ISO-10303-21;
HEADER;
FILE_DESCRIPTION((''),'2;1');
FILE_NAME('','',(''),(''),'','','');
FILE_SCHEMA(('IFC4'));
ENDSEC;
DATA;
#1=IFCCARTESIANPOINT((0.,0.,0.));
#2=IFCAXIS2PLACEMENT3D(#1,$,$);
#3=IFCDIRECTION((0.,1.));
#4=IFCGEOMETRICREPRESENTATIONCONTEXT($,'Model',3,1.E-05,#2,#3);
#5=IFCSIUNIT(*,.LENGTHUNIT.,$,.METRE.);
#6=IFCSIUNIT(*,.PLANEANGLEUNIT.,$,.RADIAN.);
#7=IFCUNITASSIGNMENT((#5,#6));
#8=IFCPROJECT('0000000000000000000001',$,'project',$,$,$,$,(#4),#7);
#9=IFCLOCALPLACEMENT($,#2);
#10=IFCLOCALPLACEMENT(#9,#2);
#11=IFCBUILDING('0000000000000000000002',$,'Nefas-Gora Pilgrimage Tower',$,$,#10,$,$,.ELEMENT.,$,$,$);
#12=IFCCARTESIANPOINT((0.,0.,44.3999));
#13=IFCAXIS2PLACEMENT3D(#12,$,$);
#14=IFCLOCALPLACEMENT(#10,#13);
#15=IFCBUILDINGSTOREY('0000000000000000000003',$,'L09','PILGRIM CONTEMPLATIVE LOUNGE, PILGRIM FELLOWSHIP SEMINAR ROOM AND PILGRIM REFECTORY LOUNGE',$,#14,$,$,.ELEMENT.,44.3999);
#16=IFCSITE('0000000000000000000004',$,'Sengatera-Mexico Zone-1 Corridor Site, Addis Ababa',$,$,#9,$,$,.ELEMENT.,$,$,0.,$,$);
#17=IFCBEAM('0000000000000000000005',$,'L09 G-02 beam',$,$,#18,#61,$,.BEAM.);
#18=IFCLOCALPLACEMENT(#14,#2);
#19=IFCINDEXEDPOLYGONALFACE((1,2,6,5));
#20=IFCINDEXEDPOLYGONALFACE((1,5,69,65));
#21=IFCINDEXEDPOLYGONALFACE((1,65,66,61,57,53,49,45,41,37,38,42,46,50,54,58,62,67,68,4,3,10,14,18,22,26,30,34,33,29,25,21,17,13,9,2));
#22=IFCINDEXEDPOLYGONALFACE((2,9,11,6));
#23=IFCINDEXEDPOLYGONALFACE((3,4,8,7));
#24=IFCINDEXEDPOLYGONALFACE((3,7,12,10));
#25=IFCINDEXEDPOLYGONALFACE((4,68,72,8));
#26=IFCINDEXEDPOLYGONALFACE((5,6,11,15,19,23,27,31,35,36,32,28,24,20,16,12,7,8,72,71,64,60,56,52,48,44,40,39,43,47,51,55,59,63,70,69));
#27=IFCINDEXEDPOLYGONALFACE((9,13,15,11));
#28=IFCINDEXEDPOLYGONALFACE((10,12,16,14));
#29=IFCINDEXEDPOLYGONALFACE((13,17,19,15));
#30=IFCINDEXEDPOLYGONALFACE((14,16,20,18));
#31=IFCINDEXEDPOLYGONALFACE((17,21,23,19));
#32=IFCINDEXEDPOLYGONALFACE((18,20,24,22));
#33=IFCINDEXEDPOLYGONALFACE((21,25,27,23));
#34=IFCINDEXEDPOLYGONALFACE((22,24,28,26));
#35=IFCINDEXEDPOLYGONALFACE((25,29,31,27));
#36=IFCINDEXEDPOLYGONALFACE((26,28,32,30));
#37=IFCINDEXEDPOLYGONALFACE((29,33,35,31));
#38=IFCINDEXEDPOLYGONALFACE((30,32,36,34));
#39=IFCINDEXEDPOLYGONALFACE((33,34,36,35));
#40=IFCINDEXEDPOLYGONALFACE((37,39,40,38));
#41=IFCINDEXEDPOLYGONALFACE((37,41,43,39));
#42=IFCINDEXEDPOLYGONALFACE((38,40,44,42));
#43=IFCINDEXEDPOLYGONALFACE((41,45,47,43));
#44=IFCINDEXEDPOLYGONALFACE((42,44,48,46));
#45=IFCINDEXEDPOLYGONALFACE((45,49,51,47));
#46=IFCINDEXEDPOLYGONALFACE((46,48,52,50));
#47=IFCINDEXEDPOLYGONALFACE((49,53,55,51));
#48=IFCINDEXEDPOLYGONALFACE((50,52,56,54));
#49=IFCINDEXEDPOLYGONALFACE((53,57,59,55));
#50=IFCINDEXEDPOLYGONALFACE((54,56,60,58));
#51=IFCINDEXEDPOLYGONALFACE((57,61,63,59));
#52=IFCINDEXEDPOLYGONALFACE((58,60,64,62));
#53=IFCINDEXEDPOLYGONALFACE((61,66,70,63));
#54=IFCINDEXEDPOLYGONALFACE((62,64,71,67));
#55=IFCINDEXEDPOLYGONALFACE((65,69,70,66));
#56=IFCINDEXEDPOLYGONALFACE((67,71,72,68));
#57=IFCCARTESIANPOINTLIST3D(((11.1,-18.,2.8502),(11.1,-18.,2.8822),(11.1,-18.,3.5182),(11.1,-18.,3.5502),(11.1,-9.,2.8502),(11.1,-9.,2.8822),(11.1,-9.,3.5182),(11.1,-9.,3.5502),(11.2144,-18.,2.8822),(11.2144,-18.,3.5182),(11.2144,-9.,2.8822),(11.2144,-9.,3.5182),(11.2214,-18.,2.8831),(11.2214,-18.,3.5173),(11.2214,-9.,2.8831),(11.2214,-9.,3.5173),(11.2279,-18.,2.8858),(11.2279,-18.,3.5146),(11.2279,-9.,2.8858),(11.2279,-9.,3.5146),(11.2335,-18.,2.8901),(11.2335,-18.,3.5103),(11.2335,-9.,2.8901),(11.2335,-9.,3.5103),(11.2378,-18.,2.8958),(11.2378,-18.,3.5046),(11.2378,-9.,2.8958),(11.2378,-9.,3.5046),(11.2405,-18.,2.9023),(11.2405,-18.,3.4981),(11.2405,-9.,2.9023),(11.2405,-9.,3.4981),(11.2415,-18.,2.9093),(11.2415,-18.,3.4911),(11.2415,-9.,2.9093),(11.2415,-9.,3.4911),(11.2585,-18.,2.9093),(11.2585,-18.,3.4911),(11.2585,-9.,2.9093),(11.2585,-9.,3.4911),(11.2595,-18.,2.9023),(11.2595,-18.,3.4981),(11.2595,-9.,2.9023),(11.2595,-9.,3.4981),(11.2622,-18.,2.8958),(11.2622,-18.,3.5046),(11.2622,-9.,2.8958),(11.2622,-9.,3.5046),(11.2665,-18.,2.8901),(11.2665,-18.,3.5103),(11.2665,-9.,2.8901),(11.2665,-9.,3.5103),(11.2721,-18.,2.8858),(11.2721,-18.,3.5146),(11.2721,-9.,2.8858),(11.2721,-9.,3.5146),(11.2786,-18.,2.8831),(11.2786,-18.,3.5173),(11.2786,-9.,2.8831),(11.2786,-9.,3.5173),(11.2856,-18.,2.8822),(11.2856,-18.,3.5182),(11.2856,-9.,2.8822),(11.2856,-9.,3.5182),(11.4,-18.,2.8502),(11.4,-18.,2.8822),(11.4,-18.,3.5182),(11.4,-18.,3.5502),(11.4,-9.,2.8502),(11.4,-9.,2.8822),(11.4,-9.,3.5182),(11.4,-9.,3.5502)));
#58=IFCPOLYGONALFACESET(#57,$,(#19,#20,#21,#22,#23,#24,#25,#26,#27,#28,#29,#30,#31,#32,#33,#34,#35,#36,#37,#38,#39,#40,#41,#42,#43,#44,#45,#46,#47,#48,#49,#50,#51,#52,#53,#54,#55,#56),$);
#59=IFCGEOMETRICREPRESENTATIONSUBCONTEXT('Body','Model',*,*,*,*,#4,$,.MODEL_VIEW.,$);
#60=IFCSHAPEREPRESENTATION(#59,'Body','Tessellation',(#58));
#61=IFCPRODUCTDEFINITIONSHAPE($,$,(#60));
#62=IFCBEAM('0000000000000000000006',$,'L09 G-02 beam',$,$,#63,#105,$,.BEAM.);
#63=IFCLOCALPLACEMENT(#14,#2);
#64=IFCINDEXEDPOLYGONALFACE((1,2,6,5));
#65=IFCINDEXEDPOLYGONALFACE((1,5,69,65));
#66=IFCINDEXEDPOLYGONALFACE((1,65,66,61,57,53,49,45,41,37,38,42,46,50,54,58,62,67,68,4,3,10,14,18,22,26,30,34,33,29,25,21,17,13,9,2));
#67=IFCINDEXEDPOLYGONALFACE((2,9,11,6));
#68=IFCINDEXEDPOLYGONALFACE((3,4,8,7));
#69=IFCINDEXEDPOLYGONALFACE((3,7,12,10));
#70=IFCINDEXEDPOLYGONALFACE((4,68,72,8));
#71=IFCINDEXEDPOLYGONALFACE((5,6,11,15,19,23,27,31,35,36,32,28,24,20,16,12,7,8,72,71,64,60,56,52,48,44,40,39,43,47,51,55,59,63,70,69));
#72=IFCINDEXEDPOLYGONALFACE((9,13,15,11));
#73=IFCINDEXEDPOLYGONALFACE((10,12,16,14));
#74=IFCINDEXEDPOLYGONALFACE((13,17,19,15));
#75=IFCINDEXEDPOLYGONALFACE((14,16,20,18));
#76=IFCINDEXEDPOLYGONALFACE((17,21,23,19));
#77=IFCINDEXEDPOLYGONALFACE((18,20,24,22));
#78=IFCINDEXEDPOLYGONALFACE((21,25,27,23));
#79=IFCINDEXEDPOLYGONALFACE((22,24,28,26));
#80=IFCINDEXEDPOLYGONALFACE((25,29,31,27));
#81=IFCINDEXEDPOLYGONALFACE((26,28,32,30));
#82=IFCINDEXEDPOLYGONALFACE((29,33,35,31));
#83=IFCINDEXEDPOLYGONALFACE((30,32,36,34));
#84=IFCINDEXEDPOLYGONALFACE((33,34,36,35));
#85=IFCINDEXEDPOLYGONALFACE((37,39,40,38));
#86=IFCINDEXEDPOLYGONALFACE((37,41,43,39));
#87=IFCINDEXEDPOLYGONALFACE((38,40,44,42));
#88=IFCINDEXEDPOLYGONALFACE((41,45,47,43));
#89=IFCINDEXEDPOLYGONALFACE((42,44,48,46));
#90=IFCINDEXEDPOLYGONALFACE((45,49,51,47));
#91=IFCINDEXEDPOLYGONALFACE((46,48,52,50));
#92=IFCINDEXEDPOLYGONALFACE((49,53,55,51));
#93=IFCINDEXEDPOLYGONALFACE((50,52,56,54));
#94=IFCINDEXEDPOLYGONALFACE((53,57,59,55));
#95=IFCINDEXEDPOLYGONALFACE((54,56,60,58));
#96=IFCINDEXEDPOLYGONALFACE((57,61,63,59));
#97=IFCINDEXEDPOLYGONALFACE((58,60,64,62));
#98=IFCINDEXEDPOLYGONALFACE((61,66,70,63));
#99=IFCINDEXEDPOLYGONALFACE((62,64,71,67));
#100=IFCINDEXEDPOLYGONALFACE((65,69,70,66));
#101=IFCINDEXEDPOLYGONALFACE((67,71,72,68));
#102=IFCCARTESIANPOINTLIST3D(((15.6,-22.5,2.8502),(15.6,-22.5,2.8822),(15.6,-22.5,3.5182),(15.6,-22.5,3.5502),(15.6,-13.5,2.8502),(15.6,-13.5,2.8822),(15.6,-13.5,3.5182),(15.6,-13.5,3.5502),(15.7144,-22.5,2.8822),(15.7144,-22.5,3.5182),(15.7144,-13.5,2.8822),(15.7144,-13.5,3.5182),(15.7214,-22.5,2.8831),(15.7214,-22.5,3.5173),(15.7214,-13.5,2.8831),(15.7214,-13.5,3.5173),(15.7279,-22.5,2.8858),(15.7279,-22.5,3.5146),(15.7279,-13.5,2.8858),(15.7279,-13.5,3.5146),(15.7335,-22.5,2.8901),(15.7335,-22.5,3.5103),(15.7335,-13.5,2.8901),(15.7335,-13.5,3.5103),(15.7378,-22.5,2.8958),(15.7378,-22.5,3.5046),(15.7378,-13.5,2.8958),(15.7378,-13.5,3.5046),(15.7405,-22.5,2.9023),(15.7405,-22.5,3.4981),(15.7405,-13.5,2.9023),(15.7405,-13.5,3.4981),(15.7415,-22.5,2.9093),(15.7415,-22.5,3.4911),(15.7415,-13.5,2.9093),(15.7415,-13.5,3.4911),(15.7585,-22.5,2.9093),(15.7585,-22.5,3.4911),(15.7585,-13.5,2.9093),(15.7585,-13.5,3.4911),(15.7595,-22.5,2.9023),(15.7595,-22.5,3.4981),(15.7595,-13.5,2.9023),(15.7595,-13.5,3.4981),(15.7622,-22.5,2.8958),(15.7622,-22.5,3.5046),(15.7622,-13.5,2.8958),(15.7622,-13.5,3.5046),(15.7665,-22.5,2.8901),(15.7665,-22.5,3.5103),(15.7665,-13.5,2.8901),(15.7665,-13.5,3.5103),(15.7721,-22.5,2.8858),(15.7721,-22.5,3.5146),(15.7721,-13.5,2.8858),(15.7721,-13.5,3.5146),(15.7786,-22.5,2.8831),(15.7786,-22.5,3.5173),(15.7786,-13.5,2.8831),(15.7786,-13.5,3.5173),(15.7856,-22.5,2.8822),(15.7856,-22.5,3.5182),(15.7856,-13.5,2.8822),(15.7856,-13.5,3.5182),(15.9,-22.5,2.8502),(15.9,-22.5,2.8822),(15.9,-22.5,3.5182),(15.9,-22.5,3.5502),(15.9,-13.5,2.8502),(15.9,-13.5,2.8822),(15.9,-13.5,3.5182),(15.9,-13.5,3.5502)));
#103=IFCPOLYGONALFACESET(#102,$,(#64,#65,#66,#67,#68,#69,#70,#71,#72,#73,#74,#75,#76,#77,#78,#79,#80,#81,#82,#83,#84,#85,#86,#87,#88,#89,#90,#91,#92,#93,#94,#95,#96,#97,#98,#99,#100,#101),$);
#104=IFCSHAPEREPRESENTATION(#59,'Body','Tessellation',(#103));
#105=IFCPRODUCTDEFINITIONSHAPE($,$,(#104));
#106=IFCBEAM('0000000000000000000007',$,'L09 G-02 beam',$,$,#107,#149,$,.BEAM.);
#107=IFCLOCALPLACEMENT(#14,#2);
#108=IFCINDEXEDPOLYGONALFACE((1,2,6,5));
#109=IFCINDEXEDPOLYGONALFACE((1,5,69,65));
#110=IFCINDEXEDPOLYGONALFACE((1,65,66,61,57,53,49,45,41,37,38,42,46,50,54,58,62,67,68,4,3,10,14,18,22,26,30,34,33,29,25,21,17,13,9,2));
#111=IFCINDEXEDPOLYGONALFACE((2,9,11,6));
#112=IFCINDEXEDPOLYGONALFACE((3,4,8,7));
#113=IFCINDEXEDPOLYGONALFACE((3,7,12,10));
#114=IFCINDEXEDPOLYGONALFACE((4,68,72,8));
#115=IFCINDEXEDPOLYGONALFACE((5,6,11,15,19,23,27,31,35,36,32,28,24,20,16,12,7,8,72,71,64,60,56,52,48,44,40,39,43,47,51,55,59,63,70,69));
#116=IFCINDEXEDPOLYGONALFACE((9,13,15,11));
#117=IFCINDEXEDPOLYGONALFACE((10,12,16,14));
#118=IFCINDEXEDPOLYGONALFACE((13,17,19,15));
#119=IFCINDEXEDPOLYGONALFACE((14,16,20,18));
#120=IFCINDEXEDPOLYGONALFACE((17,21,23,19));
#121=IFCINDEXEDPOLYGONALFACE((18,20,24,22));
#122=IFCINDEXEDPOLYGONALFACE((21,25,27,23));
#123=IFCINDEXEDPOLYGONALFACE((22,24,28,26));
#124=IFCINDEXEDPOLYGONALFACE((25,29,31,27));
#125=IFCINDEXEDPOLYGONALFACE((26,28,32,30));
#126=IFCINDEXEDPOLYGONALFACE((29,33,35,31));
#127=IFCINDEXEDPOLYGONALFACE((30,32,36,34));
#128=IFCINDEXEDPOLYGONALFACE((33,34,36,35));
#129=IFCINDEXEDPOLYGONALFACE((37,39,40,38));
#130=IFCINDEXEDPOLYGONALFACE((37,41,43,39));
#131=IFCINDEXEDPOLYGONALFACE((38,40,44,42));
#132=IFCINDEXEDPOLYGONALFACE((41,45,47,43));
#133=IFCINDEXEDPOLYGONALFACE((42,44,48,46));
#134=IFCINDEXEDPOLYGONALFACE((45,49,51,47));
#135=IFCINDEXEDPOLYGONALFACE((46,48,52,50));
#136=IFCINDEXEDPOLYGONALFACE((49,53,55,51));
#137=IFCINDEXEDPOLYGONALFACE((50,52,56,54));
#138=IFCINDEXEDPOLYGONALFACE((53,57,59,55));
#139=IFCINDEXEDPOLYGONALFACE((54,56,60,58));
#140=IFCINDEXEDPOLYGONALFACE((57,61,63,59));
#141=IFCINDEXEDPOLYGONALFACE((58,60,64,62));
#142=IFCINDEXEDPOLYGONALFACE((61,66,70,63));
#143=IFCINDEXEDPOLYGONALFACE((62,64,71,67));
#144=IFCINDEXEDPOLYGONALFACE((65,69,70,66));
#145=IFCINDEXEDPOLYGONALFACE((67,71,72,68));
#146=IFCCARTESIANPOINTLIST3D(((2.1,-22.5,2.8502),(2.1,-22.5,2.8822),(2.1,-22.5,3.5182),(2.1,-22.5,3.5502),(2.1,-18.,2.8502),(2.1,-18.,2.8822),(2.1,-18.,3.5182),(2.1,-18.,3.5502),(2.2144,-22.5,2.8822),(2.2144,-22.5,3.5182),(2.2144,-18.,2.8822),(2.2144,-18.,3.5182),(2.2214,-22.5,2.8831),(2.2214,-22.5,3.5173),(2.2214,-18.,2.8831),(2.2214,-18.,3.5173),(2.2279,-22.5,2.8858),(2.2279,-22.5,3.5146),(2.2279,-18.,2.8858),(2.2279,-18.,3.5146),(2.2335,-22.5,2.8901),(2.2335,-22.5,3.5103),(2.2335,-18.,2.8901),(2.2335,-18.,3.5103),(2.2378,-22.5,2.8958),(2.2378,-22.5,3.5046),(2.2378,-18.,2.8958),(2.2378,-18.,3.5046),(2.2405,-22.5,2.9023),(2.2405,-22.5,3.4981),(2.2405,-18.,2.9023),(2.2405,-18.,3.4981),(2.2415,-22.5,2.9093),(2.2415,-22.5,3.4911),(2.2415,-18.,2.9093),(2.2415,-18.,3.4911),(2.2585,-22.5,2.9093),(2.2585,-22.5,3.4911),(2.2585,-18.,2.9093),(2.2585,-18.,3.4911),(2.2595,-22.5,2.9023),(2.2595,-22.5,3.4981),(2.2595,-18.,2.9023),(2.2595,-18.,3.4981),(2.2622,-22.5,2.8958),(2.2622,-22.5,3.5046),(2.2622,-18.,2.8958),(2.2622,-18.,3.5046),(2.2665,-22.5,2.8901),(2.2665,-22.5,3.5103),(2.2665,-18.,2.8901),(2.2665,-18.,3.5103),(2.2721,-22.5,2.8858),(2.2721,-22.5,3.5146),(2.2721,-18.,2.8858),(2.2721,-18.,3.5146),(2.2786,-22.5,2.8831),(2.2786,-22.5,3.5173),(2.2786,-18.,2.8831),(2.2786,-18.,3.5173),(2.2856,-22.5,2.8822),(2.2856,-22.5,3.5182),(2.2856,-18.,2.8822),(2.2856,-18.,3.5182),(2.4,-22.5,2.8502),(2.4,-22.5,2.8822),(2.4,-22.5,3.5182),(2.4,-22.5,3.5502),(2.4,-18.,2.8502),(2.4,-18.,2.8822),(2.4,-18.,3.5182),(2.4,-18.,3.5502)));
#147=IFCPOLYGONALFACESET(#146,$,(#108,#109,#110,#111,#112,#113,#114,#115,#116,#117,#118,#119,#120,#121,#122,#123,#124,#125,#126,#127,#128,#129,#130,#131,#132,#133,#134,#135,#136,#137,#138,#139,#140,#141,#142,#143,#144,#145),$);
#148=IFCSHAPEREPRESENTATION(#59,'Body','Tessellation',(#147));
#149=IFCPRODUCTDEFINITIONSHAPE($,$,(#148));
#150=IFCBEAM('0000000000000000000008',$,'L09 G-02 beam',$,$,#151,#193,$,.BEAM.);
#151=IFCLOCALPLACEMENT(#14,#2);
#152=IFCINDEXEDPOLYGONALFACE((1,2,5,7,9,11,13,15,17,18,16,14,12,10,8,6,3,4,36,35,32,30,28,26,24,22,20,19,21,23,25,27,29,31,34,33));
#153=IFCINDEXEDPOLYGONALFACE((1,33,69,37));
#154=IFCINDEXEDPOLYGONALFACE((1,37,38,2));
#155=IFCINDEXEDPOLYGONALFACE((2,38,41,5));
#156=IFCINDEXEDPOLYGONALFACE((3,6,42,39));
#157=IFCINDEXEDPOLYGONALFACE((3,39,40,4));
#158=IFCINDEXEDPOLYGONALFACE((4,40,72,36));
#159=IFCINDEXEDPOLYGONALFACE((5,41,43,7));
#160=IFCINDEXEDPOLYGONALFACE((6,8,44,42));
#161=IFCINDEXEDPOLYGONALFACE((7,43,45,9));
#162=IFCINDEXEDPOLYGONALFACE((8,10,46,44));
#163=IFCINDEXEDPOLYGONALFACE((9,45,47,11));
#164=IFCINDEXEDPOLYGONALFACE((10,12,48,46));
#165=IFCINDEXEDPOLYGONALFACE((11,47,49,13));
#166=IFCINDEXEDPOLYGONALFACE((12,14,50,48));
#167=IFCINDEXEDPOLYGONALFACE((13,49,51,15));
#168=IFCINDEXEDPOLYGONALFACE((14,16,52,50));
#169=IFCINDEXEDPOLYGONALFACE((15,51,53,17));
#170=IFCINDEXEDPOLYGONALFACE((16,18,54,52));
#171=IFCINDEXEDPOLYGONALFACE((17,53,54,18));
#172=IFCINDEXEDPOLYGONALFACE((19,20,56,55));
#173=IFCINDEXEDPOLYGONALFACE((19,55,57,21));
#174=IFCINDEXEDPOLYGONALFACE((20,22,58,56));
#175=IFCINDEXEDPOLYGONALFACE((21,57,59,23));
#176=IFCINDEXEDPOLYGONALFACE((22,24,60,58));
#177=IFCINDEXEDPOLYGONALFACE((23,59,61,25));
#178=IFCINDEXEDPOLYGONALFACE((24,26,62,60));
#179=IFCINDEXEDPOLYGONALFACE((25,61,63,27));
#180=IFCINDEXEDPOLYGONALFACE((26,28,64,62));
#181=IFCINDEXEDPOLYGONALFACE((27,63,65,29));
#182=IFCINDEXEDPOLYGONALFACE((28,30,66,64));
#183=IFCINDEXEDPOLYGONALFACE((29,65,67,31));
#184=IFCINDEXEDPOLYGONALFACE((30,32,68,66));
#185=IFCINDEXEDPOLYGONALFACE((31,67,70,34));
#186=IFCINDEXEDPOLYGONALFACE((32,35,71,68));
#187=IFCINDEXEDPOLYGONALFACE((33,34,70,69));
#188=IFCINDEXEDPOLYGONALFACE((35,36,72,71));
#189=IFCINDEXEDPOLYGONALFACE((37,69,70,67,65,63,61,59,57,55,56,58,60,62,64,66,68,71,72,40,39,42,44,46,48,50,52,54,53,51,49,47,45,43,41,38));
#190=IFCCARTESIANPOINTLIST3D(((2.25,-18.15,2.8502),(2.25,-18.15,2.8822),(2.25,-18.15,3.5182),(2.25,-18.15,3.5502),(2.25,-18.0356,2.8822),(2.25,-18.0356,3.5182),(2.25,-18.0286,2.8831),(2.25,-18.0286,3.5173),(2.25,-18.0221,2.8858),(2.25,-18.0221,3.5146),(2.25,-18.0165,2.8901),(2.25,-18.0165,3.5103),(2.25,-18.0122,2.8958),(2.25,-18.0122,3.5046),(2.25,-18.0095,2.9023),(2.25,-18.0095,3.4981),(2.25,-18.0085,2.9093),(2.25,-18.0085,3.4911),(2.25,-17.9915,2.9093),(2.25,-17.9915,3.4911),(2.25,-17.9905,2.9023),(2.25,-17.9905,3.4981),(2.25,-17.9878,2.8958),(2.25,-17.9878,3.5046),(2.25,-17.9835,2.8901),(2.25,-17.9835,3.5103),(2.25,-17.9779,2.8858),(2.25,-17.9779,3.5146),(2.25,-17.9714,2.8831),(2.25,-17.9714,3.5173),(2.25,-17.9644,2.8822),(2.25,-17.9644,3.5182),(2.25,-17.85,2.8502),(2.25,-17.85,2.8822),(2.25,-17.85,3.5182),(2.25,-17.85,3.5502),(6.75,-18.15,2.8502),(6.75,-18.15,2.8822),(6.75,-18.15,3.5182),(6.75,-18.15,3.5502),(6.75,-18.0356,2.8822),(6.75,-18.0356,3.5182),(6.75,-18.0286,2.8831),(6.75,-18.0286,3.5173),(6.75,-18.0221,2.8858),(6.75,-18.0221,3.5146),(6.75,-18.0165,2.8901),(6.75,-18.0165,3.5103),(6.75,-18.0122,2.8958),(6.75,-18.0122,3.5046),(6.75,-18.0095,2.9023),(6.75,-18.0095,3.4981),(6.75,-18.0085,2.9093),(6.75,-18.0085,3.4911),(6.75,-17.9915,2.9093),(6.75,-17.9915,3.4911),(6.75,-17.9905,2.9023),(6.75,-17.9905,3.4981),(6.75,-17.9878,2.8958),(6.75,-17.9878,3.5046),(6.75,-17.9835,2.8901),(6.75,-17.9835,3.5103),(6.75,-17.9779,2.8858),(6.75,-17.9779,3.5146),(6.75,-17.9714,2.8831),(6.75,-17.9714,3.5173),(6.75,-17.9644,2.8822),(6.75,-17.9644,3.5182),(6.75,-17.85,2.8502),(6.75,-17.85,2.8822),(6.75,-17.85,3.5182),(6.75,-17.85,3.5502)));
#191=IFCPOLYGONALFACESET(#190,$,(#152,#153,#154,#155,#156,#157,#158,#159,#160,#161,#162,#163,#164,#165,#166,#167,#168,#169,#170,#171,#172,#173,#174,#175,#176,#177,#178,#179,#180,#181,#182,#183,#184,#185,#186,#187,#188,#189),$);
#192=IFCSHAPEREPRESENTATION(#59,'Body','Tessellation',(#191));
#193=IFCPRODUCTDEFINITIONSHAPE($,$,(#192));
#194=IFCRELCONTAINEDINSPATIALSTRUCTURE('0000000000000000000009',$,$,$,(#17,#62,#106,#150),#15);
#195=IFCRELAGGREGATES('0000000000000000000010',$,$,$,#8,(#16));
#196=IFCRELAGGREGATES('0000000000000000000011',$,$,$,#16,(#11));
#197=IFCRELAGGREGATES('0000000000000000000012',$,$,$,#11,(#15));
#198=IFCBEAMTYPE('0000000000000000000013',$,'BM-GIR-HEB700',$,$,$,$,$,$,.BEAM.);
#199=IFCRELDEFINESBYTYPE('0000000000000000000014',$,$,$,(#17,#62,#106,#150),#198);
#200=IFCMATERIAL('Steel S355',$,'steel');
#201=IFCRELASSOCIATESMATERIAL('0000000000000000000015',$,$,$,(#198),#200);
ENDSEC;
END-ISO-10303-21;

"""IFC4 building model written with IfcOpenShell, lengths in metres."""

from ifc_helpers import new_model, si_unit, direction, frame, origin, origin_2d, place, context, subcontext, project, spatial, i_section, extrude, source, transform, mapped, material, material_profile, profile_set, type_object, element, save


model = new_model("IFC4")

# Units and contexts
model_context = context("Model", 3, precision=1e-05, world=origin(), true_north=direction((0.0, 1.0)))
body_context = subcontext(model_context, "Body", "Model", "MODEL_VIEW")
ifc_project = project(units=[si_unit("LENGTHUNIT", "METRE"), si_unit("PLANEANGLEUNIT", "RADIAN")], contexts=[model_context])

# Site, building, storey
site_placement = place(None, origin())
site = spatial("IfcSite", under=ifc_project, at=site_placement, Name="Sengatera-Mexico Zone-1 Corridor Site, Addis Ababa", CompositionType="ELEMENT", RefElevation=0.0)
building_placement = place(site_placement, origin())
building = spatial("IfcBuilding", under=site, at=building_placement, Name="Nefas-Gora Pilgrimage Tower", CompositionType="ELEMENT")
storey_placement = place(building_placement, frame((0.0, 0.0, 44.3999)))
storey = spatial("IfcBuildingStorey", under=building, at=storey_placement, Name="L09", Description="PILGRIM CONTEMPLATIVE LOUNGE, PILGRIM FELLOWSHIP SEMINAR ROOM AND PILGRIM REFECTORY LOUNGE", CompositionType="ELEMENT", Elevation=44.3999)

# Beams
ifc_material_1 = material(Name="Steel S355", Category="steel")
ifc_material_profile_1 = material_profile(ifc_material_1, i_section(OverallWidth=0.3, OverallDepth=0.7, WebThickness=0.0171, FlangeThickness=0.032, FilletRadius=0.0271, at=origin_2d()), Name="HEB 700")
ifc_profile_set_1 = profile_set([ifc_material_profile_1], Name="Steel S355")
beam_type_1 = type_object("IfcBeamType", Name="BM-GIR-HEB700", PredefinedType="BEAM", material=ifc_profile_set_1)
shared_shape_1 = source(origin(), body_context, "Body", "SweptSolid", [
    extrude(i_section(OverallWidth=0.3, OverallDepth=0.7, WebThickness=0.0171, FlangeThickness=0.032, FilletRadius=0.0271, at=origin_2d()), origin(), (0.0, 0.0, 1.0), 9.0),
])
for number, where, z_axis, x_axis, name in (
    (1, (11.25, -18.0, 3.2002), (0.0, 1.0, 0.0), (-1.0, 0.0, 0.0), "L09 G-02 beam"),
    (2, (15.75, -22.5, 3.2002), (0.0, 1.0, 0.0), (-1.0, 0.0, 0.0), "L09 G-02 beam"),
):
    element("IfcBeam", number, at=place(storey_placement, frame(where, z_axis=z_axis, x_axis=x_axis)), inside=storey, type_object=beam_type_1, Name=name, PredefinedType="BEAM", context=body_context, shape_type="MappedRepresentation", body=[
        mapped(shared_shape_1, transform((0.0, 0.0, 0.0), x_axis=(1.0, 0.0, 0.0), y_axis=(0.0, 1.0, 0.0), z_axis=(0.0, 0.0, 1.0), scale=1.0)),
    ])
shared_shape_2 = source(origin(), body_context, "Body", "SweptSolid", [
    extrude(i_section(OverallWidth=0.3, OverallDepth=0.7, WebThickness=0.0171, FlangeThickness=0.032, FilletRadius=0.0271, at=origin_2d()), origin(), (0.0, 0.0, 1.0), 4.5),
])
for number, where, z_axis, x_axis, name in (
    (3, (2.25, -22.5, 3.2002), (0.0, 1.0, 0.0), (-1.0, 0.0, 0.0), "L09 G-02 beam"),
    (4, (2.25, -18.0, 3.2002), (1.0, 0.0, 0.0), (0.0, 1.0, 0.0), "L09 G-02 beam"),
):
    element("IfcBeam", number, at=place(storey_placement, frame(where, z_axis=z_axis, x_axis=x_axis)), inside=storey, type_object=beam_type_1, Name=name, PredefinedType="BEAM", context=body_context, shape_type="MappedRepresentation", body=[
        mapped(shared_shape_2, transform((0.0, 0.0, 0.0), x_axis=(1.0, 0.0, 0.0), y_axis=(0.0, 1.0, 0.0), z_axis=(0.0, 0.0, 1.0), scale=1.0)),
    ])

save(model, "model.ifc")
